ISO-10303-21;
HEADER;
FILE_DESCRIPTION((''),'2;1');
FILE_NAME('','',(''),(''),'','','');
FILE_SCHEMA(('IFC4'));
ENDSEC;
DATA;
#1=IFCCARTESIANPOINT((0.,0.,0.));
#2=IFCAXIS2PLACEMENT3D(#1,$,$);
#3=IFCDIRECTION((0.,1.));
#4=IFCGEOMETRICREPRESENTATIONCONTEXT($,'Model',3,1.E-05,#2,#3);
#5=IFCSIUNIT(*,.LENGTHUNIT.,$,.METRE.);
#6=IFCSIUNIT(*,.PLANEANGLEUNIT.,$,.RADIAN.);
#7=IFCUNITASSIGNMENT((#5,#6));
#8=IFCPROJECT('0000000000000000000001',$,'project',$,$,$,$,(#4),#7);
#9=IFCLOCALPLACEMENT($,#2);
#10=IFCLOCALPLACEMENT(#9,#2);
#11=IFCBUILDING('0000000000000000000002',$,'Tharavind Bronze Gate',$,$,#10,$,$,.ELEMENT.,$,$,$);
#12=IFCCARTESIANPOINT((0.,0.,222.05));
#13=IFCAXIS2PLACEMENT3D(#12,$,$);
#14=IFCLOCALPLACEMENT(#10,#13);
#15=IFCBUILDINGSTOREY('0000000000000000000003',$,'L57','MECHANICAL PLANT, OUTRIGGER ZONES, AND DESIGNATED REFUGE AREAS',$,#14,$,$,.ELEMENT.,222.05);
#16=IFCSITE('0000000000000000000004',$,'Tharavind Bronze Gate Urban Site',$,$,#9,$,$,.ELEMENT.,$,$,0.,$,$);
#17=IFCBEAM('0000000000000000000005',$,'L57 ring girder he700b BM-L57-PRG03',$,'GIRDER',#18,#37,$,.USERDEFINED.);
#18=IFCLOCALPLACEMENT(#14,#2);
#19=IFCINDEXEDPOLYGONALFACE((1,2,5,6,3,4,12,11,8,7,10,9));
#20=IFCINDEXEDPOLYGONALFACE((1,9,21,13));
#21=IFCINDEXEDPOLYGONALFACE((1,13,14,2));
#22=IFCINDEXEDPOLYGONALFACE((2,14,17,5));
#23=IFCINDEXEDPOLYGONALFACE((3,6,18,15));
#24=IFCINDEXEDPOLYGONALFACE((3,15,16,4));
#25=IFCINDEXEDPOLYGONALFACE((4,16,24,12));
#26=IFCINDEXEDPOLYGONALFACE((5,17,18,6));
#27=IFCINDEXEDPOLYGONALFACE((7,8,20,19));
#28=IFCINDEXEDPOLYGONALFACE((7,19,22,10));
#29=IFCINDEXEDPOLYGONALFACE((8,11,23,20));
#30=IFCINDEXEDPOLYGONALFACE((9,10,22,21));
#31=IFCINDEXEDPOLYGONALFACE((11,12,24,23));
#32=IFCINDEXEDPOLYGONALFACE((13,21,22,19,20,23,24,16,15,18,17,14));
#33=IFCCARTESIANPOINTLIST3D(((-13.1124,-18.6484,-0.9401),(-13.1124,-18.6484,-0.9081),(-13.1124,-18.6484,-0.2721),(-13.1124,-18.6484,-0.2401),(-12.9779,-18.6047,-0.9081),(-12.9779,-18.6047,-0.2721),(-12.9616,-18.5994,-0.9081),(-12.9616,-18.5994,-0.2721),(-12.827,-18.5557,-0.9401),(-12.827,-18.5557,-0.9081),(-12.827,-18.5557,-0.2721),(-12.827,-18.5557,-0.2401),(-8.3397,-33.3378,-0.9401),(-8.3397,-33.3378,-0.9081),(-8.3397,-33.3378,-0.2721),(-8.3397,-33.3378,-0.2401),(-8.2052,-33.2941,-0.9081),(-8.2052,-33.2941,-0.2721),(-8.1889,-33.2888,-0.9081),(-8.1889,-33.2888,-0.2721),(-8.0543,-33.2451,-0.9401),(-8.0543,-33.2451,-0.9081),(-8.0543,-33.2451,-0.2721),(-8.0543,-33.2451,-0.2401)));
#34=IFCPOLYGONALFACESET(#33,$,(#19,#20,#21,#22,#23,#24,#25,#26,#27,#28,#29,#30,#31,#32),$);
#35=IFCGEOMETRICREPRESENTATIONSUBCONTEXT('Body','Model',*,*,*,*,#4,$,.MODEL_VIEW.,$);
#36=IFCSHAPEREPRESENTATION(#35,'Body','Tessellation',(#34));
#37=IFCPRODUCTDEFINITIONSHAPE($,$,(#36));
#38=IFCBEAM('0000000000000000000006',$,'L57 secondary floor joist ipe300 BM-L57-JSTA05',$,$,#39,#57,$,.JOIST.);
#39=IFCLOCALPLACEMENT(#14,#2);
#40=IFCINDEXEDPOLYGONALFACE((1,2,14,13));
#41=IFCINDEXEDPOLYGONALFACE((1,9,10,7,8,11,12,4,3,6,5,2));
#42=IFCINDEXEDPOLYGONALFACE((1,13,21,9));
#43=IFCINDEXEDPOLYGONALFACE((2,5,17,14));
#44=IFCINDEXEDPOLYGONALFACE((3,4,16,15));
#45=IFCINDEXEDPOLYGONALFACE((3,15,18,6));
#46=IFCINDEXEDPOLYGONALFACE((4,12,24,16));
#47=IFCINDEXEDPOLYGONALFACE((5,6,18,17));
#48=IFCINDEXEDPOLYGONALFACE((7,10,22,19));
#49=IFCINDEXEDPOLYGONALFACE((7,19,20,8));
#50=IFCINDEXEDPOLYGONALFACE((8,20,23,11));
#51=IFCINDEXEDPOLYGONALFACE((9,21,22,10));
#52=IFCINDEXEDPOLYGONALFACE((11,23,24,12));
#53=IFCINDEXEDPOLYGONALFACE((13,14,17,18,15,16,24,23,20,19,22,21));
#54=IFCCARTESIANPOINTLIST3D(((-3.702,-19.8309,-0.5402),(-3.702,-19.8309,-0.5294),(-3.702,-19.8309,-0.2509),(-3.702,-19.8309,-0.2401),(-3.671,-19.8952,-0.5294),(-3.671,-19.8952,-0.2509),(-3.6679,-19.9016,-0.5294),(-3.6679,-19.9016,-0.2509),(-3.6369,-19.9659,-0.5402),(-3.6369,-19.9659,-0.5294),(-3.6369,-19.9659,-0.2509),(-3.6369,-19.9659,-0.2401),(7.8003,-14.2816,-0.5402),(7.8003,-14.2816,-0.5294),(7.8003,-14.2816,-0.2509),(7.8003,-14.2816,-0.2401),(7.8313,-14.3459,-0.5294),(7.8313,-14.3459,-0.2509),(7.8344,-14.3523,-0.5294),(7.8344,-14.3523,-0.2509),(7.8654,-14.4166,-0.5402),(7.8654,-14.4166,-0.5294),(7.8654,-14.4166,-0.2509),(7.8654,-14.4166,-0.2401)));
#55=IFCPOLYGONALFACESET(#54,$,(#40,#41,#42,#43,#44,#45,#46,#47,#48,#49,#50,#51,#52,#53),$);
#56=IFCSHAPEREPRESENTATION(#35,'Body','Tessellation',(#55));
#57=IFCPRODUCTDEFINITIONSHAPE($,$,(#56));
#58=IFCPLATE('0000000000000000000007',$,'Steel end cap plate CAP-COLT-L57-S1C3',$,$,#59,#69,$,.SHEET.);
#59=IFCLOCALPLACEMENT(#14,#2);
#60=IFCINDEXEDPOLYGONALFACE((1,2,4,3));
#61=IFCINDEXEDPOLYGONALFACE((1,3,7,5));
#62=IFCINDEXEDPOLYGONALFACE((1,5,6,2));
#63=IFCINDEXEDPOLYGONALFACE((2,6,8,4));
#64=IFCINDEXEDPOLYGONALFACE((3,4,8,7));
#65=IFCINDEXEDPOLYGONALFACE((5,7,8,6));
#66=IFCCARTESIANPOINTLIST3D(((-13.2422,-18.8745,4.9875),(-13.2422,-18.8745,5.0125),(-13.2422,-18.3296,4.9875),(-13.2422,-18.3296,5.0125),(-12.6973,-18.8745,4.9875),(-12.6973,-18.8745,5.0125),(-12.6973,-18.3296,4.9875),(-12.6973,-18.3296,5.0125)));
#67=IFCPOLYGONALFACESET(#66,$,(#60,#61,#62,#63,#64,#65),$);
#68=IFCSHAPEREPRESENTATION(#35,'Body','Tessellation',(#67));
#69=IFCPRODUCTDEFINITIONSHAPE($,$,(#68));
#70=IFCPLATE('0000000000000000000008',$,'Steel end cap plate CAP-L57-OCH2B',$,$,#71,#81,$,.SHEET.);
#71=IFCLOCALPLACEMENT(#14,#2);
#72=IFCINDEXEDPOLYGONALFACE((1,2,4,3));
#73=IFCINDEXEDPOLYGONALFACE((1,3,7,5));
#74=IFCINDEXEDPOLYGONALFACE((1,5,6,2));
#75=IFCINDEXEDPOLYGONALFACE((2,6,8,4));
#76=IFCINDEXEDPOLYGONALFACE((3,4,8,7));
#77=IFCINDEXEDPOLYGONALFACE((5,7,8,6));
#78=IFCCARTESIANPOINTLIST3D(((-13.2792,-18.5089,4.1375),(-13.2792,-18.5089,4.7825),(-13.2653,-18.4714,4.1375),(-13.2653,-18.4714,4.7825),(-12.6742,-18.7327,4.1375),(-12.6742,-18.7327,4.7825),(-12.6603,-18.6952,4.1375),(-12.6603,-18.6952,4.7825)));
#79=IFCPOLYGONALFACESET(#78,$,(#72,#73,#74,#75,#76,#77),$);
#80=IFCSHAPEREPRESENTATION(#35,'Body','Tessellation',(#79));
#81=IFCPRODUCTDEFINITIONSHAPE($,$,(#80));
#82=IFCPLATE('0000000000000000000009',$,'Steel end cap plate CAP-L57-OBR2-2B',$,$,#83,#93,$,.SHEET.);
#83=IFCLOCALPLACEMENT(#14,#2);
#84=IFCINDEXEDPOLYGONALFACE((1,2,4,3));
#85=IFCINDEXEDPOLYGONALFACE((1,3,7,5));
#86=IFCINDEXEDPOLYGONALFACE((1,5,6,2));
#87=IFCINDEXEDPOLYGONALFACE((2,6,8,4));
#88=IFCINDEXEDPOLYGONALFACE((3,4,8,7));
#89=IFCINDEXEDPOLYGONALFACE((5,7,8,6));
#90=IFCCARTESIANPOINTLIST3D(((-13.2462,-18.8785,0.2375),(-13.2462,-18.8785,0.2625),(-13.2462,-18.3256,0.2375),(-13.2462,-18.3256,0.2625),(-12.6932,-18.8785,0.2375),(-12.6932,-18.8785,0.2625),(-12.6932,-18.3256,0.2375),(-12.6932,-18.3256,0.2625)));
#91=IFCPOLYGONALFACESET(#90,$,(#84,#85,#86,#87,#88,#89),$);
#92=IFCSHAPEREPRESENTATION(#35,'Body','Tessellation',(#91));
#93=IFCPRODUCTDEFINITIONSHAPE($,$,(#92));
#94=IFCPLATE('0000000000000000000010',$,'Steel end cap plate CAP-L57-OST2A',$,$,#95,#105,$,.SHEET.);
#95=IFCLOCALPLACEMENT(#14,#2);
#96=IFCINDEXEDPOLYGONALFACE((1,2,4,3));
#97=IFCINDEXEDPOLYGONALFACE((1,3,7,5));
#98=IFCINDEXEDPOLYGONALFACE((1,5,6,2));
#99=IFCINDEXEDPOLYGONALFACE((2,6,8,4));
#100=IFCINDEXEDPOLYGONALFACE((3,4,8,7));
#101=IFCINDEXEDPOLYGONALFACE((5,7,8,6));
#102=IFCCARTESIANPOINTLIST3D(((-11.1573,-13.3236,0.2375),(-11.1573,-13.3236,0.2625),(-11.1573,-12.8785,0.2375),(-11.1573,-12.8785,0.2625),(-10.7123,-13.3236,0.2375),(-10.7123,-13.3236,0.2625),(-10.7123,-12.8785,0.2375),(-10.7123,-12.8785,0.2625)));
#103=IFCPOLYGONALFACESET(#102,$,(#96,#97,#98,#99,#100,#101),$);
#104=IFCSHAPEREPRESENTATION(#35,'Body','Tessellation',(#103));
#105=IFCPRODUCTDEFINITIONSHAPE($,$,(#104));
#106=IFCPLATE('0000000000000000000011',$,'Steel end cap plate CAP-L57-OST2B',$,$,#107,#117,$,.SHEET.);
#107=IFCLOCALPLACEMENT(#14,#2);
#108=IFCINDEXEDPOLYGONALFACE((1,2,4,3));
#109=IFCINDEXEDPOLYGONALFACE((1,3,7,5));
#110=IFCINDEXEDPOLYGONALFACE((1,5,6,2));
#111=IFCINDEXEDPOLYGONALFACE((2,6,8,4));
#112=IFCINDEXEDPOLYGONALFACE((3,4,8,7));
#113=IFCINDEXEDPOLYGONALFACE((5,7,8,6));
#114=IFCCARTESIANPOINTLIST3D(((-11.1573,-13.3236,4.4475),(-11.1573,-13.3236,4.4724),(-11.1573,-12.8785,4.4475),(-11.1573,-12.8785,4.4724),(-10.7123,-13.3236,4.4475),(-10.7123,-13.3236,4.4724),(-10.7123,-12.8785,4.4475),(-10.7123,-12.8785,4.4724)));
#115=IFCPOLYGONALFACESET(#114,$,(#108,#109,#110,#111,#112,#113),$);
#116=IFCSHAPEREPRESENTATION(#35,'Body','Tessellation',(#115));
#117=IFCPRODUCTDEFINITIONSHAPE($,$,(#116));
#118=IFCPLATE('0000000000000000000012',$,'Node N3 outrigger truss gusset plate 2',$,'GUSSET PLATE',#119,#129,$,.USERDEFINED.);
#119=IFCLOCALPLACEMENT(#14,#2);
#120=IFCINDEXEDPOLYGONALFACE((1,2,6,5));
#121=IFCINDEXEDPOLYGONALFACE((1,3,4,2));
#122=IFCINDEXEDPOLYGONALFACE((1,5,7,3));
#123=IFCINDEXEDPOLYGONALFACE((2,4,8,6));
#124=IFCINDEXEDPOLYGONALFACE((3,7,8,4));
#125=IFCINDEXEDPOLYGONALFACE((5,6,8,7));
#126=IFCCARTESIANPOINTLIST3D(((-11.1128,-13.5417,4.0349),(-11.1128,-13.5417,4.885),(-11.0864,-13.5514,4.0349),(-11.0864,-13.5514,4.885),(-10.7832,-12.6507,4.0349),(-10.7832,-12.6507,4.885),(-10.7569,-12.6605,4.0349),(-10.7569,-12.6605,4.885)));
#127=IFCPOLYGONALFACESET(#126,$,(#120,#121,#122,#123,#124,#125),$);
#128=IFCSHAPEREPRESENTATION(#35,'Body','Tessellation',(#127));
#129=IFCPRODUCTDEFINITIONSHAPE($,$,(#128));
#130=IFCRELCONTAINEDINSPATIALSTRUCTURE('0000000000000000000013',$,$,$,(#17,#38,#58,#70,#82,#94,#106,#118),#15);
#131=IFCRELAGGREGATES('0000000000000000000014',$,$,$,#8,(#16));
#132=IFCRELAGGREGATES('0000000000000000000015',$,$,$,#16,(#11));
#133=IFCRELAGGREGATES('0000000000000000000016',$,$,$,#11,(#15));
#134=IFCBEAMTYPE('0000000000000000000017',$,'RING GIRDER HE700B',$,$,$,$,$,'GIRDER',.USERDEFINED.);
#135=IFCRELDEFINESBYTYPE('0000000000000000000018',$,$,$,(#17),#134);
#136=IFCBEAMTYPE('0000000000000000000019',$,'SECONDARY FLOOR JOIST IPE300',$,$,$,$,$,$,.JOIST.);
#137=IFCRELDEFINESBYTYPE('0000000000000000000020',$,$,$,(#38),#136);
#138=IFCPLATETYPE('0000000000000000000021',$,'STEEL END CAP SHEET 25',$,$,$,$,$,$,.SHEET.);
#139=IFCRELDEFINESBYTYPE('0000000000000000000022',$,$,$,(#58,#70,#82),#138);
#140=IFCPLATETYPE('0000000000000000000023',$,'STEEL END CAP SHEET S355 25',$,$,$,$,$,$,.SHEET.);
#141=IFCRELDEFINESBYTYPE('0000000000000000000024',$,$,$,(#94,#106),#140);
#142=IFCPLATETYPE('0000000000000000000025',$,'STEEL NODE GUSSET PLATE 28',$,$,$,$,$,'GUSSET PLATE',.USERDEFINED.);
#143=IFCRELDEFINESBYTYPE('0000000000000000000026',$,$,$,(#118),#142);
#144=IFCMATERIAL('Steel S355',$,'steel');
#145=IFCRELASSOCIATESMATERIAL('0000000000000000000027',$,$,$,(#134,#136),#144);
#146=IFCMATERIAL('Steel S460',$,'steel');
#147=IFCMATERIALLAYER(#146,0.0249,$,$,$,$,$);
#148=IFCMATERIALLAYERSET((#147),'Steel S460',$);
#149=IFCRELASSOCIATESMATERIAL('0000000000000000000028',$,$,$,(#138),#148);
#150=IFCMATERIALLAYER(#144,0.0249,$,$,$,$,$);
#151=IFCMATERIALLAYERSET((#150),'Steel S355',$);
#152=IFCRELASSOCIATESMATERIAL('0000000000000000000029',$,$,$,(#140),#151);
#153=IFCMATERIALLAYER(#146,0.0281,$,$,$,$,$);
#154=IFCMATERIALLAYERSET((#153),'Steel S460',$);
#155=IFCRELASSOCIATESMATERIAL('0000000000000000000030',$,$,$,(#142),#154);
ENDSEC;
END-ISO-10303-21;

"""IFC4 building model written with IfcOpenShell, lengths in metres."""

from ifc_helpers import new_model, si_unit, direction, frame, origin, origin_2d, place, context, subcontext, project, spatial, rectangle, i_section, extrude, material, layer, layer_set, material_profile, profile_set, type_object, element, save


model = new_model("IFC4")

# Units and contexts
model_context = context("Model", 3, precision=1e-05, world=origin(), true_north=direction((0.0, 1.0)))
body_context = subcontext(model_context, "Body", "Model", "MODEL_VIEW")
ifc_project = project(units=[si_unit("LENGTHUNIT", "METRE"), si_unit("PLANEANGLEUNIT", "RADIAN")], contexts=[model_context])

# Site, building, storey
site_placement = place(None, origin())
site = spatial("IfcSite", under=ifc_project, at=site_placement, Name="Tharavind Bronze Gate Urban Site", CompositionType="ELEMENT", RefElevation=0.0)
building_placement = place(site_placement, origin())
building = spatial("IfcBuilding", under=site, at=building_placement, Name="Tharavind Bronze Gate", CompositionType="ELEMENT")
storey_placement = place(building_placement, frame((0.0, 0.0, 222.05)))
storey = spatial("IfcBuildingStorey", under=building, at=storey_placement, Name="L57", Description="MECHANICAL PLANT, OUTRIGGER ZONES, AND DESIGNATED REFUGE AREAS", CompositionType="ELEMENT", Elevation=222.05)

# Shared definitions
ifc_material_1 = material(Name="Steel S460", Category="steel")

# Beams
ifc_material_2 = material(Name="Steel S355", Category="steel")
ifc_material_profile_1 = material_profile(ifc_material_2, i_section(OverallWidth=0.3, OverallDepth=0.7, WebThickness=0.0171, FlangeThickness=0.032, at=origin_2d()), Name="HE700B")
ifc_profile_set_1 = profile_set([ifc_material_profile_1], Name="Steel S355")
beam_type_1 = type_object("IfcBeamType", Name="RING GIRDER HE700B", ElementType="GIRDER", PredefinedType="USERDEFINED", material=ifc_profile_set_1)
beam_1_placement = place(storey_placement, frame((-12.9697, -18.6021, -0.5901), z_axis=(0.309006, -0.95106, 0.0), x_axis=(0.95106, 0.309006, 0.0)))
element("IfcBeam", 1, at=beam_1_placement, inside=storey, type_object=beam_type_1, Name="L57 ring girder he700b BM-L57-PRG03", ObjectType="GIRDER", PredefinedType="USERDEFINED", context=body_context, shape_type="SweptSolid", body=[
    extrude(i_section(OverallWidth=0.3, OverallDepth=0.7, WebThickness=0.0171, FlangeThickness=0.032, at=origin_2d()), origin(), (0.0, 0.0, 1.0), 15.4453),
])
ifc_material_profile_2 = material_profile(ifc_material_2, i_section(OverallWidth=0.1499, OverallDepth=0.3, WebThickness=0.0071, FlangeThickness=0.0107, at=origin_2d()), Name="IPE300")
ifc_profile_set_2 = profile_set([ifc_material_profile_2], Name="Steel S355")
beam_type_2 = type_object("IfcBeamType", Name="SECONDARY FLOOR JOIST IPE300", PredefinedType="JOIST", material=ifc_profile_set_2)
beam_2_placement = place(storey_placement, frame((-3.6694, -19.8984, -0.3901), z_axis=(0.900658, 0.434529, 0.0), x_axis=(-0.434529, 0.900658, 0.0)))
element("IfcBeam", 2, at=beam_2_placement, inside=storey, type_object=beam_type_2, Name="L57 secondary floor joist ipe300 BM-L57-JSTA05", PredefinedType="JOIST", context=body_context, shape_type="SweptSolid", body=[
    extrude(i_section(OverallWidth=0.1499, OverallDepth=0.3, WebThickness=0.0071, FlangeThickness=0.0107, at=origin_2d()), origin(), (0.0, 0.0, 1.0), 12.771),
])

# Plates
ifc_layer_1 = layer(ifc_material_1, 0.0249)
ifc_layer_set_1 = layer_set([ifc_layer_1], Name="Steel S460")
plate_type_1 = type_object("IfcPlateType", Name="STEEL END CAP SHEET 25", PredefinedType="SHEET", material=ifc_layer_set_1)
plate_1_placement = place(storey_placement, frame((-12.9697, -18.6021, 4.9875), z_axis=(0.0, 0.0, 1.0), x_axis=(1.0, 0.0, 0.0)))
element("IfcPlate", 3, at=plate_1_placement, inside=storey, type_object=plate_type_1, Name="Steel end cap plate CAP-COLT-L57-S1C3", PredefinedType="SHEET", context=body_context, shape_type="SweptSolid", body=[
    extrude(rectangle(XDim=0.5449, YDim=0.5449, at=origin_2d()), origin(), (0.0, 0.0, 1.0), 0.0249),
])
plate_2_placement = place(storey_placement, frame((-12.9697, -18.6021, 4.1375), z_axis=(0.0, 0.0, 1.0), x_axis=(0.346939, 0.937888, 0.0)))
element("IfcPlate", 4, at=plate_2_placement, inside=storey, type_object=plate_type_1, Name="Steel end cap plate CAP-L57-OCH2B", PredefinedType="SHEET", context=body_context, shape_type="SweptSolid", body=[
    extrude(rectangle(XDim=0.04, YDim=0.645, at=origin_2d()), origin(), (0.0, 0.0, 1.0), 0.645),
])
plate_3_placement = place(storey_placement, frame((-12.9697, -18.6021, 0.2375), z_axis=(0.0, 0.0, 1.0), x_axis=(1.0, 0.0, 0.0)))
element("IfcPlate", 5, at=plate_3_placement, inside=storey, type_object=plate_type_1, Name="Steel end cap plate CAP-L57-OBR2-2B", PredefinedType="SHEET", context=body_context, shape_type="SweptSolid", body=[
    extrude(rectangle(XDim=0.553, YDim=0.553, at=origin_2d()), origin(), (0.0, 0.0, 1.0), 0.0249),
])
ifc_layer_2 = layer(ifc_material_2, 0.0249)
ifc_layer_set_2 = layer_set([ifc_layer_2], Name="Steel S355")
plate_type_2 = type_object("IfcPlateType", Name="STEEL END CAP SHEET S355 25", PredefinedType="SHEET", material=ifc_layer_set_2)
for number, where, z_axis, x_axis, name in (
    (6, (-10.9348, -13.1011, 0.2375), (0.0, 0.0, 1.0), (1.0, 0.0, 0.0), "Steel end cap plate CAP-L57-OST2A"),
    (7, (-10.9348, -13.1011, 4.4475), (0.0, 0.0, 1.0), (1.0, 0.0, 0.0), "Steel end cap plate CAP-L57-OST2B"),
):
    element("IfcPlate", number, at=place(storey_placement, frame(where, z_axis=z_axis, x_axis=x_axis)), inside=storey, type_object=plate_type_2, Name=name, PredefinedType="SHEET", context=body_context, shape_type="SweptSolid", body=[
        extrude(rectangle(XDim=0.4451, YDim=0.4451, at=origin_2d()), origin(), (0.0, 0.0, 1.0), 0.0249),
    ])
ifc_layer_3 = layer(ifc_material_1, 0.0281)
ifc_layer_set_3 = layer_set([ifc_layer_3], Name="Steel S460")
plate_type_3 = type_object("IfcPlateType", Name="STEEL NODE GUSSET PLATE 28", ElementType="GUSSET PLATE", PredefinedType="USERDEFINED", material=ifc_layer_set_3)
plate_4_placement = place(storey_placement, frame((-10.9348, -13.1011, 4.0349), z_axis=(0.0, 0.0, 1.0), x_axis=(0.346939, 0.937888, 0.0)))
element("IfcPlate", 8, at=plate_4_placement, inside=storey, type_object=plate_type_3, Name="Node N3 outrigger truss gusset plate 2", ObjectType="GUSSET PLATE", PredefinedType="USERDEFINED", context=body_context, shape_type="SweptSolid", body=[
    extrude(rectangle(XDim=0.95, YDim=0.0281, at=origin_2d()), origin(), (0.0, 0.0, 1.0), 0.8501),
])

save(model, "model.ifc")
